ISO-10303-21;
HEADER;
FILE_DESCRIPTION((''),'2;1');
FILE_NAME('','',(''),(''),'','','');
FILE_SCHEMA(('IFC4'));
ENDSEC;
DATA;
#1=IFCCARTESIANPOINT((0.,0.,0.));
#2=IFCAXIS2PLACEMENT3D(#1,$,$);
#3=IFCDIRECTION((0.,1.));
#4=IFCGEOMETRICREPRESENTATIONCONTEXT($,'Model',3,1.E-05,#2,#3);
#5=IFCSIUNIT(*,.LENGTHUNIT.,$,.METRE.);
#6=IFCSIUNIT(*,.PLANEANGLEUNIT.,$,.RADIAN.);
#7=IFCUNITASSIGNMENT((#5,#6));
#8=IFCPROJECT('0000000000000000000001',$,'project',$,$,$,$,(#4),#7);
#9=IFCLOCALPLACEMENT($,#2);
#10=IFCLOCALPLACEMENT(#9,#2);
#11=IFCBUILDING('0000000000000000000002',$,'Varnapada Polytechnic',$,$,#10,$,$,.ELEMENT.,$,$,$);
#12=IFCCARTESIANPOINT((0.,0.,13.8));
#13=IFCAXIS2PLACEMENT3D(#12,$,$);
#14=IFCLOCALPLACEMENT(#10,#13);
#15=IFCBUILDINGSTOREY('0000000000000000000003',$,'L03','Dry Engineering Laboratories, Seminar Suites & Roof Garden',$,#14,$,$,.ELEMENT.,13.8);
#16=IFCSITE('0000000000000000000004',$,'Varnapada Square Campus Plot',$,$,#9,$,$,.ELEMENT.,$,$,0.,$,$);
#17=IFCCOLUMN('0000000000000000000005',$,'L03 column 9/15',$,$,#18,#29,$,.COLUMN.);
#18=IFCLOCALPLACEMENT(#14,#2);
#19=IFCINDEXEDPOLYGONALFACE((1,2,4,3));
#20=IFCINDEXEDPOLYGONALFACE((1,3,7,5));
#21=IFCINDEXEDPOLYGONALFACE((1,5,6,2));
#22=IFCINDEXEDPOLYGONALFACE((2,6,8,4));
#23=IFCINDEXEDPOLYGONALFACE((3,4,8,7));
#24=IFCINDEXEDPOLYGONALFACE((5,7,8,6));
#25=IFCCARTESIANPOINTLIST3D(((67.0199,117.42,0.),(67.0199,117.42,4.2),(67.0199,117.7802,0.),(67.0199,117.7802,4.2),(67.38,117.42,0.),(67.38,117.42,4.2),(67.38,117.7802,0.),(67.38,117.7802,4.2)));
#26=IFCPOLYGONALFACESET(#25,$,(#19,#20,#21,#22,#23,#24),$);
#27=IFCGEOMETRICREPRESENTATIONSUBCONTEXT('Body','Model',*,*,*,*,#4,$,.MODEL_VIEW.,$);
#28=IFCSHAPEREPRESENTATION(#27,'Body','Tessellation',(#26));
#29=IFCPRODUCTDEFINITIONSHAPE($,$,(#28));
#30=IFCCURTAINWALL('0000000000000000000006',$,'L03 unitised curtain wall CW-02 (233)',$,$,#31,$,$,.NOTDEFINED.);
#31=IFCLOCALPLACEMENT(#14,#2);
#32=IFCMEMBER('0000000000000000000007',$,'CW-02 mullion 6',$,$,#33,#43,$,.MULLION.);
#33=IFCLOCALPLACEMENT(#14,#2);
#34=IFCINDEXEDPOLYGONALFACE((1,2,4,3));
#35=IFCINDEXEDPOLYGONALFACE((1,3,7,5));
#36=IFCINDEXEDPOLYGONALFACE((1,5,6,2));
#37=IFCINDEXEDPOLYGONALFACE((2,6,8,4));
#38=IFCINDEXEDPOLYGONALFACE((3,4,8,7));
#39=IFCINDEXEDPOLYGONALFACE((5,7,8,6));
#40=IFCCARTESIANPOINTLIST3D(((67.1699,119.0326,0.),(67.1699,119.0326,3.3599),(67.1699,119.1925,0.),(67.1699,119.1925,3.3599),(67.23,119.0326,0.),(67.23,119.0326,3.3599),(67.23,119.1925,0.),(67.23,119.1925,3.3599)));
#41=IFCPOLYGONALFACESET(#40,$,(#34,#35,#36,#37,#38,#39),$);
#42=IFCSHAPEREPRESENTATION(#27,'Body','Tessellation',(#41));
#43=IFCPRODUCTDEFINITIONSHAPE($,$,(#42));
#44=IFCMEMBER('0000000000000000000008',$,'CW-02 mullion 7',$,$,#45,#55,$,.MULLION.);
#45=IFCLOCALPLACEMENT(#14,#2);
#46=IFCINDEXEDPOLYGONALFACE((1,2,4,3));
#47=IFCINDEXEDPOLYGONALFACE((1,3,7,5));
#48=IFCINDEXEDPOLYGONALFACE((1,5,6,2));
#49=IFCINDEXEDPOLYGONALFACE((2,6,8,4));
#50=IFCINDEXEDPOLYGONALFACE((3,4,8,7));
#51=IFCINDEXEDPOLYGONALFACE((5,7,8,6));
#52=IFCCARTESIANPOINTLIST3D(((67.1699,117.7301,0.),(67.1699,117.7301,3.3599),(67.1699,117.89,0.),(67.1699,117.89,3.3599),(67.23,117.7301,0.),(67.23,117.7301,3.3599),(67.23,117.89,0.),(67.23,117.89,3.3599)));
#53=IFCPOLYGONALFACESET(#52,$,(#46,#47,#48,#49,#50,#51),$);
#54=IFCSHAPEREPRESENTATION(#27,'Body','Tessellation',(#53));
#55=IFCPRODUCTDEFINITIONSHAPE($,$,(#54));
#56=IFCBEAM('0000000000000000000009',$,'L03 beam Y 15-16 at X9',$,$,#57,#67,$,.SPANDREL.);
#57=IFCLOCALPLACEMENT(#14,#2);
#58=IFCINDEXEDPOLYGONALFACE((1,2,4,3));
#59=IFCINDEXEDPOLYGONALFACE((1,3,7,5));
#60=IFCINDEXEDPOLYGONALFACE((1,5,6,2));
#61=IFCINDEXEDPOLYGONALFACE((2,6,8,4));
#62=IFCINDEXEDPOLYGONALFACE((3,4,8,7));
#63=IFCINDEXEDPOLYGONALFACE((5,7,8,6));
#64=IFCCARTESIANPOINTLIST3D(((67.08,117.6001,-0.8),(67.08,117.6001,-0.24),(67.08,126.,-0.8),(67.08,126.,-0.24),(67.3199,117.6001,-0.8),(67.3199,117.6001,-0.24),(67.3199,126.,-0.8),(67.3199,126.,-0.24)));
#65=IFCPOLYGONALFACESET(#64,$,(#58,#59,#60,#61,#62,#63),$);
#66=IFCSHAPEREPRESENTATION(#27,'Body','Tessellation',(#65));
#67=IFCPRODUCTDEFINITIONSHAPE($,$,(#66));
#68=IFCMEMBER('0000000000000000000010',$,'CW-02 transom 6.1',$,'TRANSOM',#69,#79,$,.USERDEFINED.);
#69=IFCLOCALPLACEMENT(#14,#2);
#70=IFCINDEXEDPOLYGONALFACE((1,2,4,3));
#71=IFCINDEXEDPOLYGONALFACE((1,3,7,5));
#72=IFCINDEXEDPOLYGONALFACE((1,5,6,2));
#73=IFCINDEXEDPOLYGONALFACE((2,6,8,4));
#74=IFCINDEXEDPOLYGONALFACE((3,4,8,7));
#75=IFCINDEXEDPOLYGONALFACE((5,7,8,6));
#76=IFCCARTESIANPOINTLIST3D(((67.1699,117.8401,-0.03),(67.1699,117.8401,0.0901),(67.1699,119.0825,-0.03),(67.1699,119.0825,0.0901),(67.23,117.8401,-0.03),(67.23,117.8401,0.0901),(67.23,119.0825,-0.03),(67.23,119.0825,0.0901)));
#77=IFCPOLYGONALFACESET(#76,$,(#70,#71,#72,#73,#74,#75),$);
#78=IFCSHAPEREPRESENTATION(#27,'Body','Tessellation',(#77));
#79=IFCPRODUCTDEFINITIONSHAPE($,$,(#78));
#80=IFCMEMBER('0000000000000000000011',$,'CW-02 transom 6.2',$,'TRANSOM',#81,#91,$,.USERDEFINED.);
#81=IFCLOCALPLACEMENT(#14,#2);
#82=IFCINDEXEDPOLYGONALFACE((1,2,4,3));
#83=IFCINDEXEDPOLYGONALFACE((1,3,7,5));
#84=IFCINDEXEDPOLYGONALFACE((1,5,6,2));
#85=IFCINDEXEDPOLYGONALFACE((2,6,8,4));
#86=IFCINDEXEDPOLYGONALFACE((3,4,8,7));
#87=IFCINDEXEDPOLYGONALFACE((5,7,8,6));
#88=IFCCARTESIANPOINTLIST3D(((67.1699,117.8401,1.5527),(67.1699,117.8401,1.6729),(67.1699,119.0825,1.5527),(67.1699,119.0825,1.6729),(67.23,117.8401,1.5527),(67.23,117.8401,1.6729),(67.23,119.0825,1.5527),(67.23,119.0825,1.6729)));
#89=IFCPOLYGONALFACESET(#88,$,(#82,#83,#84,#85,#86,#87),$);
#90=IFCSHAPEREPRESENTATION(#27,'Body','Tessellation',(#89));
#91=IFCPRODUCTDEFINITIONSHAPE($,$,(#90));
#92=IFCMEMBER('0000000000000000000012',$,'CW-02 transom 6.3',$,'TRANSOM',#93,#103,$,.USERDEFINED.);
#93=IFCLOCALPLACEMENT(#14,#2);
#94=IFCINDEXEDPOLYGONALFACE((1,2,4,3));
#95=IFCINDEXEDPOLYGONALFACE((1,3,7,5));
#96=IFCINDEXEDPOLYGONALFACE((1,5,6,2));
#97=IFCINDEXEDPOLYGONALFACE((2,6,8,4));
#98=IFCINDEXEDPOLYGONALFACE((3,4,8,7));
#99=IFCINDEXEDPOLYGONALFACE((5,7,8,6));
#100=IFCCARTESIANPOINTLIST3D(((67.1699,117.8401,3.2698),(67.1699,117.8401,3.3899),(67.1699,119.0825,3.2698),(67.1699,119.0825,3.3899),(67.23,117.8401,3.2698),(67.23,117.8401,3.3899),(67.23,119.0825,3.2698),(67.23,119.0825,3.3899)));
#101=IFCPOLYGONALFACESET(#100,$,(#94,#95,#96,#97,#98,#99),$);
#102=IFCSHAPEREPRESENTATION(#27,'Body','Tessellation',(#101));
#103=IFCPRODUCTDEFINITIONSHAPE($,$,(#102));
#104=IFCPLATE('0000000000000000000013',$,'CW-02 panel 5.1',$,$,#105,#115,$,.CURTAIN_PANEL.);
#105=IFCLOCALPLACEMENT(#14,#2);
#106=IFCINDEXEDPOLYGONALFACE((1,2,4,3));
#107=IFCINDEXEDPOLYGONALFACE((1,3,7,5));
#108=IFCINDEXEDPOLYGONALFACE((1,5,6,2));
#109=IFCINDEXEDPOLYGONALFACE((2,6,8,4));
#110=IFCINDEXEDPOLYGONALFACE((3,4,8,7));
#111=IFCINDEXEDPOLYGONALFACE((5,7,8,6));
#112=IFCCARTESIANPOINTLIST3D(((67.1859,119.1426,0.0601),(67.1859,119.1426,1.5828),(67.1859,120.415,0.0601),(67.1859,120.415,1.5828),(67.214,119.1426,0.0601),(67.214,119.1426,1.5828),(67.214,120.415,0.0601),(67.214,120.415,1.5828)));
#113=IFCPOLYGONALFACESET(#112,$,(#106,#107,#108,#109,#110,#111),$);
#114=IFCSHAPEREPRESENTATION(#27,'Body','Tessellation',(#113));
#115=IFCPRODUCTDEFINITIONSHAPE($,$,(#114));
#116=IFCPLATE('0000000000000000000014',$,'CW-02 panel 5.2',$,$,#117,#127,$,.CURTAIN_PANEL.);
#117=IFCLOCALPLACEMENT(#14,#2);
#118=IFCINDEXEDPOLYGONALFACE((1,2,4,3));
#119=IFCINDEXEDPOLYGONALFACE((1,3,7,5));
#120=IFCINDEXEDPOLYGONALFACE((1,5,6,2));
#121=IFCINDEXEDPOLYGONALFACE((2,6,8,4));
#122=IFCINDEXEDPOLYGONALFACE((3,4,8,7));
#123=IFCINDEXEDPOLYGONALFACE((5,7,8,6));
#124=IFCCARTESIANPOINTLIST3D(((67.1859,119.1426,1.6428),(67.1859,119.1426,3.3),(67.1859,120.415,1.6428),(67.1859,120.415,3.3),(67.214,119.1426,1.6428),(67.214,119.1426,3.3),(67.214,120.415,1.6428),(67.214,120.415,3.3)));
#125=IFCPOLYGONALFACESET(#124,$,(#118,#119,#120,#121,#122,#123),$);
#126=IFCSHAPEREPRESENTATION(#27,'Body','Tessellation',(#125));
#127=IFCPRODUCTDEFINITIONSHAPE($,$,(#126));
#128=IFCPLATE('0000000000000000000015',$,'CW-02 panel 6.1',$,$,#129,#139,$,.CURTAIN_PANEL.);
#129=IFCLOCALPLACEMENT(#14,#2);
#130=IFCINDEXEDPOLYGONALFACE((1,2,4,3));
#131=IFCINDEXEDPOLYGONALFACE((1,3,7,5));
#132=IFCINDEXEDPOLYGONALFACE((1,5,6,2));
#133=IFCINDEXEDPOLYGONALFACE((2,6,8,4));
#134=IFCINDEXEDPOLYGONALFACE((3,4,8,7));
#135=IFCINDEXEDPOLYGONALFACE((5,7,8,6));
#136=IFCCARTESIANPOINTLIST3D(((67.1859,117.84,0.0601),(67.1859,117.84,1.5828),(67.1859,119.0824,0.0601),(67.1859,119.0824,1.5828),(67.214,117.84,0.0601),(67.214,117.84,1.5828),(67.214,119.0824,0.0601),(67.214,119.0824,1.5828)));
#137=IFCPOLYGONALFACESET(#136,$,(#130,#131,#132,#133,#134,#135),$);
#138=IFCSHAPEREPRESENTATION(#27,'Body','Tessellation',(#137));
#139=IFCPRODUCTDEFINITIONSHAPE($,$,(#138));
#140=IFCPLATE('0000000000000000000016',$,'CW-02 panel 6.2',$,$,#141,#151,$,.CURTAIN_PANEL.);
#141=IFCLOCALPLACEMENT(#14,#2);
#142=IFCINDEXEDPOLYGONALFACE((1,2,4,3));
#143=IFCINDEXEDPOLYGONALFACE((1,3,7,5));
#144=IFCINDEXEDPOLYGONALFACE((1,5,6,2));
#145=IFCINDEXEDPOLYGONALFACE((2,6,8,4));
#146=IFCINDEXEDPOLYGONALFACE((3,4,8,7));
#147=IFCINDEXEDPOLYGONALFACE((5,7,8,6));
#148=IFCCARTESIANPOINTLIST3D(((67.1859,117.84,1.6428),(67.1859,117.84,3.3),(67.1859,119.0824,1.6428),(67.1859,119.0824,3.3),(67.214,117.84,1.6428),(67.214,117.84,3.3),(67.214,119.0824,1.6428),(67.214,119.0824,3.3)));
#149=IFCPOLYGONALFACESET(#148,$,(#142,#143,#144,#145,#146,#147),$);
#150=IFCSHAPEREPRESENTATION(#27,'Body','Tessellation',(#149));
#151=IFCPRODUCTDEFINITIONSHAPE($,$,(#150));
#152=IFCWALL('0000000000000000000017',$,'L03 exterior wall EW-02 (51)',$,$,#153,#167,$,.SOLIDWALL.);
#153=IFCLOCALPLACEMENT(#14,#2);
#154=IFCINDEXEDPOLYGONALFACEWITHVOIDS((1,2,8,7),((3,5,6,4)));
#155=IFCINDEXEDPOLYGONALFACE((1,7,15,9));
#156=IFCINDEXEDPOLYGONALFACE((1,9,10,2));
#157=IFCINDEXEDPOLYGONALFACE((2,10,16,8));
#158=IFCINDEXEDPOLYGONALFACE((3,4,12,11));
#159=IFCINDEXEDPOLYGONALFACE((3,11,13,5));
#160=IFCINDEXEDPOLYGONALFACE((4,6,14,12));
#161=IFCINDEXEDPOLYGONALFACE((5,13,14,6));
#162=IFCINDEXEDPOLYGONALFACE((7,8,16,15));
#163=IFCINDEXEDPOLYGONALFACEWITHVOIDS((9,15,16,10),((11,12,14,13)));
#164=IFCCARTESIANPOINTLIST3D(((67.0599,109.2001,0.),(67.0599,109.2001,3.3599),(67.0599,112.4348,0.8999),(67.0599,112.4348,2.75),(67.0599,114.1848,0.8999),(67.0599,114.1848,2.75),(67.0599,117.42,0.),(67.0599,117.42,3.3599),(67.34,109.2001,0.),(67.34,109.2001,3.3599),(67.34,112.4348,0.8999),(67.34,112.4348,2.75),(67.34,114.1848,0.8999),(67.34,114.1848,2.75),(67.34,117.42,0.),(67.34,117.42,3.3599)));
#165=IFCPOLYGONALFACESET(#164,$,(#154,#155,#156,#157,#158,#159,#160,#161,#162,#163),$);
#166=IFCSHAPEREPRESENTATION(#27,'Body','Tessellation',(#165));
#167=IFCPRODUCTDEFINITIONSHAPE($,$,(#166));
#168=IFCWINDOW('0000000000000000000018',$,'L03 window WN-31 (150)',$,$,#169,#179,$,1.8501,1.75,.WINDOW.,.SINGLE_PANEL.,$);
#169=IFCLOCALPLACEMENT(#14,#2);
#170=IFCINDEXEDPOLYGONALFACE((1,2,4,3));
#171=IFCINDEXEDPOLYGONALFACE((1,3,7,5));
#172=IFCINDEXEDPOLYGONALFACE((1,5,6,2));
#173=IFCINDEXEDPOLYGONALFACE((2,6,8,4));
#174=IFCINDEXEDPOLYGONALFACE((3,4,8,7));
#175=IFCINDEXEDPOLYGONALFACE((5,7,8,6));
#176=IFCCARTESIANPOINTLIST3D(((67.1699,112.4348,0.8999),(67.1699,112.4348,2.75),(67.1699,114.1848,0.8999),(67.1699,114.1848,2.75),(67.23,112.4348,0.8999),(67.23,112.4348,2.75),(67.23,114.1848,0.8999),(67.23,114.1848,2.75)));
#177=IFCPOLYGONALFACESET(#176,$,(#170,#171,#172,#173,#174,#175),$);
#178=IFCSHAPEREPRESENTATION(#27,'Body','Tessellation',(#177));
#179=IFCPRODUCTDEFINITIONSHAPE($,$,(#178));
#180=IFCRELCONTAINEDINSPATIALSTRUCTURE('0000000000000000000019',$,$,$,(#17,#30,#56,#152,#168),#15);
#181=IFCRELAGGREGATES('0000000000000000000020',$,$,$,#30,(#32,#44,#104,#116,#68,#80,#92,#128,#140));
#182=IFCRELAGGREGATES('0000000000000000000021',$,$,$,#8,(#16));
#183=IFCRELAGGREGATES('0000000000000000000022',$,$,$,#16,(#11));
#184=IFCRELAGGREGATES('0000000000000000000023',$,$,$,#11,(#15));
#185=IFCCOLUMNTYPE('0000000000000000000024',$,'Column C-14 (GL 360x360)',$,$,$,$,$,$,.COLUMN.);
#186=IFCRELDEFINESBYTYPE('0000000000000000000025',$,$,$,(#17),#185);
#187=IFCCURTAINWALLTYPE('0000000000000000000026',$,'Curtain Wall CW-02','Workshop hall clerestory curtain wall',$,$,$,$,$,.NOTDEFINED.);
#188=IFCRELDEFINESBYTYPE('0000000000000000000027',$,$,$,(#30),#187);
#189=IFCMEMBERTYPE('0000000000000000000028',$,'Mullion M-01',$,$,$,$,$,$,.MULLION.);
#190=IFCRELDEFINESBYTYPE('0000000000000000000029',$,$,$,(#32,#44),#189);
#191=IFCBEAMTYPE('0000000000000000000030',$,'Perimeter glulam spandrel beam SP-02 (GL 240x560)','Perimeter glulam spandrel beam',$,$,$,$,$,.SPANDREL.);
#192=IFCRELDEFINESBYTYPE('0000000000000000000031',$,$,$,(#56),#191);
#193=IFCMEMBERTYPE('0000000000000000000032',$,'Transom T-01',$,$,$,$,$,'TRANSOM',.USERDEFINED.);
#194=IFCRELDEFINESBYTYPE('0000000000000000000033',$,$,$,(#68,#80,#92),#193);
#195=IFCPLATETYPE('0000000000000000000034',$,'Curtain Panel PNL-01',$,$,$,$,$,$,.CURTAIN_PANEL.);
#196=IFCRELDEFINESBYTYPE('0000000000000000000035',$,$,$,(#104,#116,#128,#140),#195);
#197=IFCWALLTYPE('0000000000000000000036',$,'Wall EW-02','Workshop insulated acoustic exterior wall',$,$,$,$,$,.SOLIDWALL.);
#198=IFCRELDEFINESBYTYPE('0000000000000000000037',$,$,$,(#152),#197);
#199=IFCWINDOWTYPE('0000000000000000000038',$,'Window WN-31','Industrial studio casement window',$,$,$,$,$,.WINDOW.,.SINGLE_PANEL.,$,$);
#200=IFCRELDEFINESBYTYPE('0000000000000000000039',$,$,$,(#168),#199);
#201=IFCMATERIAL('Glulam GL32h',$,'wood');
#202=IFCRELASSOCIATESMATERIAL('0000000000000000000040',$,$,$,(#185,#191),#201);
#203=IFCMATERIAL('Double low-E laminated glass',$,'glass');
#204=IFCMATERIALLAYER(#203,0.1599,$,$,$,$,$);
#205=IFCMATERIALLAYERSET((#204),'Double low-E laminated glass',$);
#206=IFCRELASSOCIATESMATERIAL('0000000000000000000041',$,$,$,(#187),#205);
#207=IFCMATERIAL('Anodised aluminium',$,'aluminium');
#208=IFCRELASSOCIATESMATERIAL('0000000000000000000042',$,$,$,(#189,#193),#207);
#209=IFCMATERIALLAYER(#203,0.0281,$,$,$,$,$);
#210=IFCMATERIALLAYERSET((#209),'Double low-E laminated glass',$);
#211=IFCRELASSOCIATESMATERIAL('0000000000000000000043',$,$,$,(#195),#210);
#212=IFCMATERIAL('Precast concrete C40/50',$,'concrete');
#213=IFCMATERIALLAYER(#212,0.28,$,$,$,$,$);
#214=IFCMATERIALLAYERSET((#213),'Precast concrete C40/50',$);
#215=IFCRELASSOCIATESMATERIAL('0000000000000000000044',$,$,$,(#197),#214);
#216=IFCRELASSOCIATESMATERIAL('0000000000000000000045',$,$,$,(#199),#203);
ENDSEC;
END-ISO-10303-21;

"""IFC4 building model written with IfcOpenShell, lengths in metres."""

from ifc_helpers import new_model, si_unit, direction, frame, frame_2d, origin, origin_2d, place, context, subcontext, project, spatial, rectangle, extrude, material, layer, layer_set, material_profile, profile_set, type_object, element, fill, aggregate, save


model = new_model("IFC4")

# Units and contexts
model_context = context("Model", 3, precision=1e-05, world=origin(), true_north=direction((0.0, 1.0)))
body_context = subcontext(model_context, "Body", "Model", "MODEL_VIEW")
ifc_project = project(units=[si_unit("LENGTHUNIT", "METRE"), si_unit("PLANEANGLEUNIT", "RADIAN")], contexts=[model_context])

# Site, building, storey
site_placement = place(None, origin())
site = spatial("IfcSite", under=ifc_project, at=site_placement, Name="Varnapada Square Campus Plot", CompositionType="ELEMENT", RefElevation=0.0)
building_placement = place(site_placement, origin())
building = spatial("IfcBuilding", under=site, at=building_placement, Name="Varnapada Polytechnic", CompositionType="ELEMENT")
storey_placement = place(building_placement, frame((0.0, 0.0, 13.8)))
storey = spatial("IfcBuildingStorey", under=building, at=storey_placement, Name="L03", Description="Dry Engineering Laboratories, Seminar Suites & Roof Garden", CompositionType="ELEMENT", Elevation=13.8)

# Column
ifc_material_1 = material(Name="Glulam GL32h", Category="wood")
ifc_material_profile_1 = material_profile(ifc_material_1, rectangle(XDim=0.3601, YDim=0.3601, at=origin_2d()), Name="GL 360x360")
ifc_profile_set_1 = profile_set([ifc_material_profile_1], Name="Glulam GL32h")
column_type = type_object("IfcColumnType", Name="Column C-14 (GL 360x360)", PredefinedType="COLUMN", material=ifc_profile_set_1)
column_placement = place(storey_placement, frame((67.2, 117.6001, 0.0), z_axis=(0.0, 0.0, 1.0), x_axis=(1.0, 0.0, 0.0)))
element("IfcColumn", 1, at=column_placement, inside=storey, type_object=column_type, Name="L03 column 9/15", PredefinedType="COLUMN", context=body_context, shape_type="SweptSolid", body=[
    extrude(rectangle(XDim=0.3601, YDim=0.3601, at=origin_2d()), origin(), (0.0, 0.0, 1.0), 4.2),
])

# Curtain wall, members
ifc_material_2 = material(Name="Double low-E laminated glass", Category="glass")
ifc_layer_1 = layer(ifc_material_2, 0.1599)
ifc_layer_set_1 = layer_set([ifc_layer_1], Name="Double low-E laminated glass")
curtain_wall_type = type_object("IfcCurtainWallType", Name="Curtain Wall CW-02", Description="Workshop hall clerestory curtain wall", PredefinedType="NOTDEFINED", material=ifc_layer_set_1)
curtain_wall_placement = place(storey_placement, origin())
curtain_wall = element("IfcCurtainWall", 2, at=curtain_wall_placement, inside=storey, type_object=curtain_wall_type, Name="L03 unitised curtain wall CW-02 (233)", PredefinedType="NOTDEFINED")
ifc_material_3 = material(Name="Anodised aluminium", Category="aluminium")
ifc_material_profile_2 = material_profile(ifc_material_3, rectangle(XDim=0.0601, YDim=0.1599, at=origin_2d()), Name="ALU M60x160")
ifc_profile_set_2 = profile_set([ifc_material_profile_2], Name="Anodised aluminium")
member_type_1 = type_object("IfcMemberType", Name="Mullion M-01", PredefinedType="MULLION", material=ifc_profile_set_2)
member_1_placement = place(storey_placement, frame((67.2, 119.1125, 0.0), z_axis=(0.0, 0.0, 1.0), x_axis=(1.0, 0.0, 0.0)))
member_1 = element("IfcMember", 3, at=member_1_placement, type_object=member_type_1, Name="CW-02 mullion 6", PredefinedType="MULLION", context=body_context, shape_type="SweptSolid", body=[
    extrude(rectangle(XDim=0.0601, YDim=0.1599, at=origin_2d()), origin(), (0.0, 0.0, 1.0), 3.3599),
])
member_2_placement = place(storey_placement, frame((67.2, 117.8101, 0.0), z_axis=(0.0, 0.0, 1.0), x_axis=(1.0, 0.0, 0.0)))
member_2 = element("IfcMember", 4, at=member_2_placement, type_object=member_type_1, Name="CW-02 mullion 7", PredefinedType="MULLION", context=body_context, shape_type="SweptSolid", body=[
    extrude(rectangle(XDim=0.0601, YDim=0.1599, at=origin_2d()), origin(), (0.0, 0.0, 1.0), 3.3599),
])

# Beam
ifc_material_profile_3 = material_profile(ifc_material_1, rectangle(XDim=0.24, YDim=0.5601, at=origin_2d()), Name="GL 240x560")
ifc_profile_set_3 = profile_set([ifc_material_profile_3], Name="Glulam GL32h")
beam_type = type_object("IfcBeamType", Name="Perimeter glulam spandrel beam SP-02 (GL 240x560)", Description="Perimeter glulam spandrel beam", PredefinedType="SPANDREL", material=ifc_profile_set_3)
beam_placement = place(storey_placement, frame((67.2, 117.6001, -0.52), z_axis=(0.0, 1.0, 0.0), x_axis=(-1.0, 0.0, 0.0)))
element("IfcBeam", 5, at=beam_placement, inside=storey, type_object=beam_type, Name="L03 beam Y 15-16 at X9", PredefinedType="SPANDREL", context=body_context, shape_type="SweptSolid", body=[
    extrude(rectangle(XDim=0.24, YDim=0.5601, at=origin_2d()), origin(), (0.0, 0.0, 1.0), 8.3999),
])

# Members
ifc_material_profile_4 = material_profile(ifc_material_3, rectangle(XDim=0.0601, YDim=0.1201, at=origin_2d()), Name="ALU T60x120")
ifc_profile_set_4 = profile_set([ifc_material_profile_4], Name="Anodised aluminium")
member_type_2 = type_object("IfcMemberType", Name="Transom T-01", ElementType="TRANSOM", PredefinedType="USERDEFINED", material=ifc_profile_set_4)
member_3_placement = place(storey_placement, frame((67.2, 119.0825, 0.03), z_axis=(0.0, -1.0, 0.0), x_axis=(1.0, 0.0, 0.0)))
member_3 = element("IfcMember", 6, at=member_3_placement, type_object=member_type_2, Name="CW-02 transom 6.1", ObjectType="TRANSOM", PredefinedType="USERDEFINED", context=body_context, shape_type="SweptSolid", body=[
    extrude(rectangle(XDim=0.0601, YDim=0.1201, at=origin_2d()), origin(), (0.0, 0.0, 1.0), 1.2424),
])
member_4_placement = place(storey_placement, frame((67.2, 119.0825, 1.6128), z_axis=(0.0, -1.0, 0.0), x_axis=(1.0, 0.0, 0.0)))
member_4 = element("IfcMember", 7, at=member_4_placement, type_object=member_type_2, Name="CW-02 transom 6.2", ObjectType="TRANSOM", PredefinedType="USERDEFINED", context=body_context, shape_type="SweptSolid", body=[
    extrude(rectangle(XDim=0.0601, YDim=0.1201, at=origin_2d()), origin(), (0.0, 0.0, 1.0), 1.2424),
])
member_5_placement = place(storey_placement, frame((67.2, 119.0825, 3.3298), z_axis=(0.0, -1.0, 0.0), x_axis=(1.0, 0.0, 0.0)))
member_5 = element("IfcMember", 8, at=member_5_placement, type_object=member_type_2, Name="CW-02 transom 6.3", ObjectType="TRANSOM", PredefinedType="USERDEFINED", context=body_context, shape_type="SweptSolid", body=[
    extrude(rectangle(XDim=0.0601, YDim=0.1201, at=origin_2d()), origin(), (0.0, 0.0, 1.0), 1.2424),
])

# Plates
ifc_layer_2 = layer(ifc_material_2, 0.0281)
ifc_layer_set_2 = layer_set([ifc_layer_2], Name="Double low-E laminated glass")
plate_type = type_object("IfcPlateType", Name="Curtain Panel PNL-01", PredefinedType="CURTAIN_PANEL", material=ifc_layer_set_2)
plate_1_placement = place(storey_placement, frame((67.2, 119.7788, 0.0601), z_axis=(0.0, 0.0, 1.0), x_axis=(0.0, -1.0, 0.0)))
plate_1 = element("IfcPlate", 9, at=plate_1_placement, type_object=plate_type, Name="CW-02 panel 5.1", PredefinedType="CURTAIN_PANEL", context=body_context, shape_type="SweptSolid", body=[
    extrude(rectangle(XDim=1.2725, YDim=0.0281, at=origin_2d()), origin(), (0.0, 0.0, 1.0), 1.5227),
])
plate_2_placement = place(storey_placement, frame((67.2, 119.7788, 1.6428), z_axis=(0.0, 0.0, 1.0), x_axis=(0.0, -1.0, 0.0)))
plate_2 = element("IfcPlate", 10, at=plate_2_placement, type_object=plate_type, Name="CW-02 panel 5.2", PredefinedType="CURTAIN_PANEL", context=body_context, shape_type="SweptSolid", body=[
    extrude(rectangle(XDim=1.2725, YDim=0.0281, at=origin_2d()), origin(), (0.0, 0.0, 1.0), 1.6572),
])
plate_3_placement = place(storey_placement, frame((67.2, 118.4612, 0.0601), z_axis=(0.0, 0.0, 1.0), x_axis=(0.0, -1.0, 0.0)))
plate_3 = element("IfcPlate", 11, at=plate_3_placement, type_object=plate_type, Name="CW-02 panel 6.1", PredefinedType="CURTAIN_PANEL", context=body_context, shape_type="SweptSolid", body=[
    extrude(rectangle(XDim=1.2424, YDim=0.0281, at=origin_2d()), origin(), (0.0, 0.0, 1.0), 1.5227),
])
plate_4_placement = place(storey_placement, frame((67.2, 118.4612, 1.6428), z_axis=(0.0, 0.0, 1.0), x_axis=(0.0, -1.0, 0.0)))
plate_4 = element("IfcPlate", 12, at=plate_4_placement, type_object=plate_type, Name="CW-02 panel 6.2", PredefinedType="CURTAIN_PANEL", context=body_context, shape_type="SweptSolid", body=[
    extrude(rectangle(XDim=1.2424, YDim=0.0281, at=origin_2d()), origin(), (0.0, 0.0, 1.0), 1.6572),
])
aggregate(curtain_wall, [member_1, member_2, plate_1, plate_2, member_3, member_4, member_5, plate_3, plate_4])

# Wall, opening, window
ifc_material_4 = material(Name="Precast concrete C40/50", Category="concrete")
ifc_layer_3 = layer(ifc_material_4, 0.28)
ifc_layer_set_3 = layer_set([ifc_layer_3], Name="Precast concrete C40/50")
wall_type = type_object("IfcWallType", Name="Wall EW-02", Description="Workshop insulated acoustic exterior wall", PredefinedType="SOLIDWALL", material=ifc_layer_set_3)
wall_placement = place(storey_placement, frame((67.2, 117.4199, 0.0), z_axis=(0.0, 0.0, 1.0), x_axis=(0.0, -1.0, 0.0)))
wall = element("IfcWall", 13, at=wall_placement, inside=storey, type_object=wall_type, Name="L03 exterior wall EW-02 (51)", PredefinedType="SOLIDWALL", context=body_context, shape_type="SweptSolid", body=[
    extrude(rectangle(XDim=8.22, YDim=0.28, at=frame_2d((4.1099, 0.0))), origin(), (0.0, 0.0, 1.0), 3.3599),
])
opening_1_placement = place(wall_placement, frame((3.2351, 0.0, 0.8999)))
opening_1 = element("IfcOpeningElement", 14, at=opening_1_placement, cuts=wall, PredefinedType="OPENING", context=body_context, shape_type="SweptSolid", body=[
    extrude(rectangle(XDim=1.75, YDim=1.8501, at=frame_2d((0.875, 0.925))), frame((0.0, 0.1499, 0.0), z_axis=(0.0, -1.0, 0.0), x_axis=(1.0, 0.0, 0.0)), (0.0, 0.0, 1.0), 0.3),
])
window_type = type_object("IfcWindowType", Name="Window WN-31", Description="Industrial studio casement window", PartitioningType="SINGLE_PANEL", PredefinedType="WINDOW", material=ifc_material_2)
window_placement = place(opening_1_placement, origin())
window = element("IfcWindow", 15, at=window_placement, inside=storey, type_object=window_type, Name="L03 window WN-31 (150)", OverallHeight=1.8501, OverallWidth=1.75, PartitioningType="SINGLE_PANEL", PredefinedType="WINDOW", context=body_context, shape_type="SweptSolid", body=[
    extrude(rectangle(XDim=1.75, YDim=1.8501, at=frame_2d((0.875, 0.925))), frame((0.0, 0.03, 0.0), z_axis=(0.0, -1.0, 0.0), x_axis=(1.0, 0.0, 0.0)), (0.0, 0.0, 1.0), 0.0601),
])
fill(opening_1, window)

save(model, "model.ifc")
